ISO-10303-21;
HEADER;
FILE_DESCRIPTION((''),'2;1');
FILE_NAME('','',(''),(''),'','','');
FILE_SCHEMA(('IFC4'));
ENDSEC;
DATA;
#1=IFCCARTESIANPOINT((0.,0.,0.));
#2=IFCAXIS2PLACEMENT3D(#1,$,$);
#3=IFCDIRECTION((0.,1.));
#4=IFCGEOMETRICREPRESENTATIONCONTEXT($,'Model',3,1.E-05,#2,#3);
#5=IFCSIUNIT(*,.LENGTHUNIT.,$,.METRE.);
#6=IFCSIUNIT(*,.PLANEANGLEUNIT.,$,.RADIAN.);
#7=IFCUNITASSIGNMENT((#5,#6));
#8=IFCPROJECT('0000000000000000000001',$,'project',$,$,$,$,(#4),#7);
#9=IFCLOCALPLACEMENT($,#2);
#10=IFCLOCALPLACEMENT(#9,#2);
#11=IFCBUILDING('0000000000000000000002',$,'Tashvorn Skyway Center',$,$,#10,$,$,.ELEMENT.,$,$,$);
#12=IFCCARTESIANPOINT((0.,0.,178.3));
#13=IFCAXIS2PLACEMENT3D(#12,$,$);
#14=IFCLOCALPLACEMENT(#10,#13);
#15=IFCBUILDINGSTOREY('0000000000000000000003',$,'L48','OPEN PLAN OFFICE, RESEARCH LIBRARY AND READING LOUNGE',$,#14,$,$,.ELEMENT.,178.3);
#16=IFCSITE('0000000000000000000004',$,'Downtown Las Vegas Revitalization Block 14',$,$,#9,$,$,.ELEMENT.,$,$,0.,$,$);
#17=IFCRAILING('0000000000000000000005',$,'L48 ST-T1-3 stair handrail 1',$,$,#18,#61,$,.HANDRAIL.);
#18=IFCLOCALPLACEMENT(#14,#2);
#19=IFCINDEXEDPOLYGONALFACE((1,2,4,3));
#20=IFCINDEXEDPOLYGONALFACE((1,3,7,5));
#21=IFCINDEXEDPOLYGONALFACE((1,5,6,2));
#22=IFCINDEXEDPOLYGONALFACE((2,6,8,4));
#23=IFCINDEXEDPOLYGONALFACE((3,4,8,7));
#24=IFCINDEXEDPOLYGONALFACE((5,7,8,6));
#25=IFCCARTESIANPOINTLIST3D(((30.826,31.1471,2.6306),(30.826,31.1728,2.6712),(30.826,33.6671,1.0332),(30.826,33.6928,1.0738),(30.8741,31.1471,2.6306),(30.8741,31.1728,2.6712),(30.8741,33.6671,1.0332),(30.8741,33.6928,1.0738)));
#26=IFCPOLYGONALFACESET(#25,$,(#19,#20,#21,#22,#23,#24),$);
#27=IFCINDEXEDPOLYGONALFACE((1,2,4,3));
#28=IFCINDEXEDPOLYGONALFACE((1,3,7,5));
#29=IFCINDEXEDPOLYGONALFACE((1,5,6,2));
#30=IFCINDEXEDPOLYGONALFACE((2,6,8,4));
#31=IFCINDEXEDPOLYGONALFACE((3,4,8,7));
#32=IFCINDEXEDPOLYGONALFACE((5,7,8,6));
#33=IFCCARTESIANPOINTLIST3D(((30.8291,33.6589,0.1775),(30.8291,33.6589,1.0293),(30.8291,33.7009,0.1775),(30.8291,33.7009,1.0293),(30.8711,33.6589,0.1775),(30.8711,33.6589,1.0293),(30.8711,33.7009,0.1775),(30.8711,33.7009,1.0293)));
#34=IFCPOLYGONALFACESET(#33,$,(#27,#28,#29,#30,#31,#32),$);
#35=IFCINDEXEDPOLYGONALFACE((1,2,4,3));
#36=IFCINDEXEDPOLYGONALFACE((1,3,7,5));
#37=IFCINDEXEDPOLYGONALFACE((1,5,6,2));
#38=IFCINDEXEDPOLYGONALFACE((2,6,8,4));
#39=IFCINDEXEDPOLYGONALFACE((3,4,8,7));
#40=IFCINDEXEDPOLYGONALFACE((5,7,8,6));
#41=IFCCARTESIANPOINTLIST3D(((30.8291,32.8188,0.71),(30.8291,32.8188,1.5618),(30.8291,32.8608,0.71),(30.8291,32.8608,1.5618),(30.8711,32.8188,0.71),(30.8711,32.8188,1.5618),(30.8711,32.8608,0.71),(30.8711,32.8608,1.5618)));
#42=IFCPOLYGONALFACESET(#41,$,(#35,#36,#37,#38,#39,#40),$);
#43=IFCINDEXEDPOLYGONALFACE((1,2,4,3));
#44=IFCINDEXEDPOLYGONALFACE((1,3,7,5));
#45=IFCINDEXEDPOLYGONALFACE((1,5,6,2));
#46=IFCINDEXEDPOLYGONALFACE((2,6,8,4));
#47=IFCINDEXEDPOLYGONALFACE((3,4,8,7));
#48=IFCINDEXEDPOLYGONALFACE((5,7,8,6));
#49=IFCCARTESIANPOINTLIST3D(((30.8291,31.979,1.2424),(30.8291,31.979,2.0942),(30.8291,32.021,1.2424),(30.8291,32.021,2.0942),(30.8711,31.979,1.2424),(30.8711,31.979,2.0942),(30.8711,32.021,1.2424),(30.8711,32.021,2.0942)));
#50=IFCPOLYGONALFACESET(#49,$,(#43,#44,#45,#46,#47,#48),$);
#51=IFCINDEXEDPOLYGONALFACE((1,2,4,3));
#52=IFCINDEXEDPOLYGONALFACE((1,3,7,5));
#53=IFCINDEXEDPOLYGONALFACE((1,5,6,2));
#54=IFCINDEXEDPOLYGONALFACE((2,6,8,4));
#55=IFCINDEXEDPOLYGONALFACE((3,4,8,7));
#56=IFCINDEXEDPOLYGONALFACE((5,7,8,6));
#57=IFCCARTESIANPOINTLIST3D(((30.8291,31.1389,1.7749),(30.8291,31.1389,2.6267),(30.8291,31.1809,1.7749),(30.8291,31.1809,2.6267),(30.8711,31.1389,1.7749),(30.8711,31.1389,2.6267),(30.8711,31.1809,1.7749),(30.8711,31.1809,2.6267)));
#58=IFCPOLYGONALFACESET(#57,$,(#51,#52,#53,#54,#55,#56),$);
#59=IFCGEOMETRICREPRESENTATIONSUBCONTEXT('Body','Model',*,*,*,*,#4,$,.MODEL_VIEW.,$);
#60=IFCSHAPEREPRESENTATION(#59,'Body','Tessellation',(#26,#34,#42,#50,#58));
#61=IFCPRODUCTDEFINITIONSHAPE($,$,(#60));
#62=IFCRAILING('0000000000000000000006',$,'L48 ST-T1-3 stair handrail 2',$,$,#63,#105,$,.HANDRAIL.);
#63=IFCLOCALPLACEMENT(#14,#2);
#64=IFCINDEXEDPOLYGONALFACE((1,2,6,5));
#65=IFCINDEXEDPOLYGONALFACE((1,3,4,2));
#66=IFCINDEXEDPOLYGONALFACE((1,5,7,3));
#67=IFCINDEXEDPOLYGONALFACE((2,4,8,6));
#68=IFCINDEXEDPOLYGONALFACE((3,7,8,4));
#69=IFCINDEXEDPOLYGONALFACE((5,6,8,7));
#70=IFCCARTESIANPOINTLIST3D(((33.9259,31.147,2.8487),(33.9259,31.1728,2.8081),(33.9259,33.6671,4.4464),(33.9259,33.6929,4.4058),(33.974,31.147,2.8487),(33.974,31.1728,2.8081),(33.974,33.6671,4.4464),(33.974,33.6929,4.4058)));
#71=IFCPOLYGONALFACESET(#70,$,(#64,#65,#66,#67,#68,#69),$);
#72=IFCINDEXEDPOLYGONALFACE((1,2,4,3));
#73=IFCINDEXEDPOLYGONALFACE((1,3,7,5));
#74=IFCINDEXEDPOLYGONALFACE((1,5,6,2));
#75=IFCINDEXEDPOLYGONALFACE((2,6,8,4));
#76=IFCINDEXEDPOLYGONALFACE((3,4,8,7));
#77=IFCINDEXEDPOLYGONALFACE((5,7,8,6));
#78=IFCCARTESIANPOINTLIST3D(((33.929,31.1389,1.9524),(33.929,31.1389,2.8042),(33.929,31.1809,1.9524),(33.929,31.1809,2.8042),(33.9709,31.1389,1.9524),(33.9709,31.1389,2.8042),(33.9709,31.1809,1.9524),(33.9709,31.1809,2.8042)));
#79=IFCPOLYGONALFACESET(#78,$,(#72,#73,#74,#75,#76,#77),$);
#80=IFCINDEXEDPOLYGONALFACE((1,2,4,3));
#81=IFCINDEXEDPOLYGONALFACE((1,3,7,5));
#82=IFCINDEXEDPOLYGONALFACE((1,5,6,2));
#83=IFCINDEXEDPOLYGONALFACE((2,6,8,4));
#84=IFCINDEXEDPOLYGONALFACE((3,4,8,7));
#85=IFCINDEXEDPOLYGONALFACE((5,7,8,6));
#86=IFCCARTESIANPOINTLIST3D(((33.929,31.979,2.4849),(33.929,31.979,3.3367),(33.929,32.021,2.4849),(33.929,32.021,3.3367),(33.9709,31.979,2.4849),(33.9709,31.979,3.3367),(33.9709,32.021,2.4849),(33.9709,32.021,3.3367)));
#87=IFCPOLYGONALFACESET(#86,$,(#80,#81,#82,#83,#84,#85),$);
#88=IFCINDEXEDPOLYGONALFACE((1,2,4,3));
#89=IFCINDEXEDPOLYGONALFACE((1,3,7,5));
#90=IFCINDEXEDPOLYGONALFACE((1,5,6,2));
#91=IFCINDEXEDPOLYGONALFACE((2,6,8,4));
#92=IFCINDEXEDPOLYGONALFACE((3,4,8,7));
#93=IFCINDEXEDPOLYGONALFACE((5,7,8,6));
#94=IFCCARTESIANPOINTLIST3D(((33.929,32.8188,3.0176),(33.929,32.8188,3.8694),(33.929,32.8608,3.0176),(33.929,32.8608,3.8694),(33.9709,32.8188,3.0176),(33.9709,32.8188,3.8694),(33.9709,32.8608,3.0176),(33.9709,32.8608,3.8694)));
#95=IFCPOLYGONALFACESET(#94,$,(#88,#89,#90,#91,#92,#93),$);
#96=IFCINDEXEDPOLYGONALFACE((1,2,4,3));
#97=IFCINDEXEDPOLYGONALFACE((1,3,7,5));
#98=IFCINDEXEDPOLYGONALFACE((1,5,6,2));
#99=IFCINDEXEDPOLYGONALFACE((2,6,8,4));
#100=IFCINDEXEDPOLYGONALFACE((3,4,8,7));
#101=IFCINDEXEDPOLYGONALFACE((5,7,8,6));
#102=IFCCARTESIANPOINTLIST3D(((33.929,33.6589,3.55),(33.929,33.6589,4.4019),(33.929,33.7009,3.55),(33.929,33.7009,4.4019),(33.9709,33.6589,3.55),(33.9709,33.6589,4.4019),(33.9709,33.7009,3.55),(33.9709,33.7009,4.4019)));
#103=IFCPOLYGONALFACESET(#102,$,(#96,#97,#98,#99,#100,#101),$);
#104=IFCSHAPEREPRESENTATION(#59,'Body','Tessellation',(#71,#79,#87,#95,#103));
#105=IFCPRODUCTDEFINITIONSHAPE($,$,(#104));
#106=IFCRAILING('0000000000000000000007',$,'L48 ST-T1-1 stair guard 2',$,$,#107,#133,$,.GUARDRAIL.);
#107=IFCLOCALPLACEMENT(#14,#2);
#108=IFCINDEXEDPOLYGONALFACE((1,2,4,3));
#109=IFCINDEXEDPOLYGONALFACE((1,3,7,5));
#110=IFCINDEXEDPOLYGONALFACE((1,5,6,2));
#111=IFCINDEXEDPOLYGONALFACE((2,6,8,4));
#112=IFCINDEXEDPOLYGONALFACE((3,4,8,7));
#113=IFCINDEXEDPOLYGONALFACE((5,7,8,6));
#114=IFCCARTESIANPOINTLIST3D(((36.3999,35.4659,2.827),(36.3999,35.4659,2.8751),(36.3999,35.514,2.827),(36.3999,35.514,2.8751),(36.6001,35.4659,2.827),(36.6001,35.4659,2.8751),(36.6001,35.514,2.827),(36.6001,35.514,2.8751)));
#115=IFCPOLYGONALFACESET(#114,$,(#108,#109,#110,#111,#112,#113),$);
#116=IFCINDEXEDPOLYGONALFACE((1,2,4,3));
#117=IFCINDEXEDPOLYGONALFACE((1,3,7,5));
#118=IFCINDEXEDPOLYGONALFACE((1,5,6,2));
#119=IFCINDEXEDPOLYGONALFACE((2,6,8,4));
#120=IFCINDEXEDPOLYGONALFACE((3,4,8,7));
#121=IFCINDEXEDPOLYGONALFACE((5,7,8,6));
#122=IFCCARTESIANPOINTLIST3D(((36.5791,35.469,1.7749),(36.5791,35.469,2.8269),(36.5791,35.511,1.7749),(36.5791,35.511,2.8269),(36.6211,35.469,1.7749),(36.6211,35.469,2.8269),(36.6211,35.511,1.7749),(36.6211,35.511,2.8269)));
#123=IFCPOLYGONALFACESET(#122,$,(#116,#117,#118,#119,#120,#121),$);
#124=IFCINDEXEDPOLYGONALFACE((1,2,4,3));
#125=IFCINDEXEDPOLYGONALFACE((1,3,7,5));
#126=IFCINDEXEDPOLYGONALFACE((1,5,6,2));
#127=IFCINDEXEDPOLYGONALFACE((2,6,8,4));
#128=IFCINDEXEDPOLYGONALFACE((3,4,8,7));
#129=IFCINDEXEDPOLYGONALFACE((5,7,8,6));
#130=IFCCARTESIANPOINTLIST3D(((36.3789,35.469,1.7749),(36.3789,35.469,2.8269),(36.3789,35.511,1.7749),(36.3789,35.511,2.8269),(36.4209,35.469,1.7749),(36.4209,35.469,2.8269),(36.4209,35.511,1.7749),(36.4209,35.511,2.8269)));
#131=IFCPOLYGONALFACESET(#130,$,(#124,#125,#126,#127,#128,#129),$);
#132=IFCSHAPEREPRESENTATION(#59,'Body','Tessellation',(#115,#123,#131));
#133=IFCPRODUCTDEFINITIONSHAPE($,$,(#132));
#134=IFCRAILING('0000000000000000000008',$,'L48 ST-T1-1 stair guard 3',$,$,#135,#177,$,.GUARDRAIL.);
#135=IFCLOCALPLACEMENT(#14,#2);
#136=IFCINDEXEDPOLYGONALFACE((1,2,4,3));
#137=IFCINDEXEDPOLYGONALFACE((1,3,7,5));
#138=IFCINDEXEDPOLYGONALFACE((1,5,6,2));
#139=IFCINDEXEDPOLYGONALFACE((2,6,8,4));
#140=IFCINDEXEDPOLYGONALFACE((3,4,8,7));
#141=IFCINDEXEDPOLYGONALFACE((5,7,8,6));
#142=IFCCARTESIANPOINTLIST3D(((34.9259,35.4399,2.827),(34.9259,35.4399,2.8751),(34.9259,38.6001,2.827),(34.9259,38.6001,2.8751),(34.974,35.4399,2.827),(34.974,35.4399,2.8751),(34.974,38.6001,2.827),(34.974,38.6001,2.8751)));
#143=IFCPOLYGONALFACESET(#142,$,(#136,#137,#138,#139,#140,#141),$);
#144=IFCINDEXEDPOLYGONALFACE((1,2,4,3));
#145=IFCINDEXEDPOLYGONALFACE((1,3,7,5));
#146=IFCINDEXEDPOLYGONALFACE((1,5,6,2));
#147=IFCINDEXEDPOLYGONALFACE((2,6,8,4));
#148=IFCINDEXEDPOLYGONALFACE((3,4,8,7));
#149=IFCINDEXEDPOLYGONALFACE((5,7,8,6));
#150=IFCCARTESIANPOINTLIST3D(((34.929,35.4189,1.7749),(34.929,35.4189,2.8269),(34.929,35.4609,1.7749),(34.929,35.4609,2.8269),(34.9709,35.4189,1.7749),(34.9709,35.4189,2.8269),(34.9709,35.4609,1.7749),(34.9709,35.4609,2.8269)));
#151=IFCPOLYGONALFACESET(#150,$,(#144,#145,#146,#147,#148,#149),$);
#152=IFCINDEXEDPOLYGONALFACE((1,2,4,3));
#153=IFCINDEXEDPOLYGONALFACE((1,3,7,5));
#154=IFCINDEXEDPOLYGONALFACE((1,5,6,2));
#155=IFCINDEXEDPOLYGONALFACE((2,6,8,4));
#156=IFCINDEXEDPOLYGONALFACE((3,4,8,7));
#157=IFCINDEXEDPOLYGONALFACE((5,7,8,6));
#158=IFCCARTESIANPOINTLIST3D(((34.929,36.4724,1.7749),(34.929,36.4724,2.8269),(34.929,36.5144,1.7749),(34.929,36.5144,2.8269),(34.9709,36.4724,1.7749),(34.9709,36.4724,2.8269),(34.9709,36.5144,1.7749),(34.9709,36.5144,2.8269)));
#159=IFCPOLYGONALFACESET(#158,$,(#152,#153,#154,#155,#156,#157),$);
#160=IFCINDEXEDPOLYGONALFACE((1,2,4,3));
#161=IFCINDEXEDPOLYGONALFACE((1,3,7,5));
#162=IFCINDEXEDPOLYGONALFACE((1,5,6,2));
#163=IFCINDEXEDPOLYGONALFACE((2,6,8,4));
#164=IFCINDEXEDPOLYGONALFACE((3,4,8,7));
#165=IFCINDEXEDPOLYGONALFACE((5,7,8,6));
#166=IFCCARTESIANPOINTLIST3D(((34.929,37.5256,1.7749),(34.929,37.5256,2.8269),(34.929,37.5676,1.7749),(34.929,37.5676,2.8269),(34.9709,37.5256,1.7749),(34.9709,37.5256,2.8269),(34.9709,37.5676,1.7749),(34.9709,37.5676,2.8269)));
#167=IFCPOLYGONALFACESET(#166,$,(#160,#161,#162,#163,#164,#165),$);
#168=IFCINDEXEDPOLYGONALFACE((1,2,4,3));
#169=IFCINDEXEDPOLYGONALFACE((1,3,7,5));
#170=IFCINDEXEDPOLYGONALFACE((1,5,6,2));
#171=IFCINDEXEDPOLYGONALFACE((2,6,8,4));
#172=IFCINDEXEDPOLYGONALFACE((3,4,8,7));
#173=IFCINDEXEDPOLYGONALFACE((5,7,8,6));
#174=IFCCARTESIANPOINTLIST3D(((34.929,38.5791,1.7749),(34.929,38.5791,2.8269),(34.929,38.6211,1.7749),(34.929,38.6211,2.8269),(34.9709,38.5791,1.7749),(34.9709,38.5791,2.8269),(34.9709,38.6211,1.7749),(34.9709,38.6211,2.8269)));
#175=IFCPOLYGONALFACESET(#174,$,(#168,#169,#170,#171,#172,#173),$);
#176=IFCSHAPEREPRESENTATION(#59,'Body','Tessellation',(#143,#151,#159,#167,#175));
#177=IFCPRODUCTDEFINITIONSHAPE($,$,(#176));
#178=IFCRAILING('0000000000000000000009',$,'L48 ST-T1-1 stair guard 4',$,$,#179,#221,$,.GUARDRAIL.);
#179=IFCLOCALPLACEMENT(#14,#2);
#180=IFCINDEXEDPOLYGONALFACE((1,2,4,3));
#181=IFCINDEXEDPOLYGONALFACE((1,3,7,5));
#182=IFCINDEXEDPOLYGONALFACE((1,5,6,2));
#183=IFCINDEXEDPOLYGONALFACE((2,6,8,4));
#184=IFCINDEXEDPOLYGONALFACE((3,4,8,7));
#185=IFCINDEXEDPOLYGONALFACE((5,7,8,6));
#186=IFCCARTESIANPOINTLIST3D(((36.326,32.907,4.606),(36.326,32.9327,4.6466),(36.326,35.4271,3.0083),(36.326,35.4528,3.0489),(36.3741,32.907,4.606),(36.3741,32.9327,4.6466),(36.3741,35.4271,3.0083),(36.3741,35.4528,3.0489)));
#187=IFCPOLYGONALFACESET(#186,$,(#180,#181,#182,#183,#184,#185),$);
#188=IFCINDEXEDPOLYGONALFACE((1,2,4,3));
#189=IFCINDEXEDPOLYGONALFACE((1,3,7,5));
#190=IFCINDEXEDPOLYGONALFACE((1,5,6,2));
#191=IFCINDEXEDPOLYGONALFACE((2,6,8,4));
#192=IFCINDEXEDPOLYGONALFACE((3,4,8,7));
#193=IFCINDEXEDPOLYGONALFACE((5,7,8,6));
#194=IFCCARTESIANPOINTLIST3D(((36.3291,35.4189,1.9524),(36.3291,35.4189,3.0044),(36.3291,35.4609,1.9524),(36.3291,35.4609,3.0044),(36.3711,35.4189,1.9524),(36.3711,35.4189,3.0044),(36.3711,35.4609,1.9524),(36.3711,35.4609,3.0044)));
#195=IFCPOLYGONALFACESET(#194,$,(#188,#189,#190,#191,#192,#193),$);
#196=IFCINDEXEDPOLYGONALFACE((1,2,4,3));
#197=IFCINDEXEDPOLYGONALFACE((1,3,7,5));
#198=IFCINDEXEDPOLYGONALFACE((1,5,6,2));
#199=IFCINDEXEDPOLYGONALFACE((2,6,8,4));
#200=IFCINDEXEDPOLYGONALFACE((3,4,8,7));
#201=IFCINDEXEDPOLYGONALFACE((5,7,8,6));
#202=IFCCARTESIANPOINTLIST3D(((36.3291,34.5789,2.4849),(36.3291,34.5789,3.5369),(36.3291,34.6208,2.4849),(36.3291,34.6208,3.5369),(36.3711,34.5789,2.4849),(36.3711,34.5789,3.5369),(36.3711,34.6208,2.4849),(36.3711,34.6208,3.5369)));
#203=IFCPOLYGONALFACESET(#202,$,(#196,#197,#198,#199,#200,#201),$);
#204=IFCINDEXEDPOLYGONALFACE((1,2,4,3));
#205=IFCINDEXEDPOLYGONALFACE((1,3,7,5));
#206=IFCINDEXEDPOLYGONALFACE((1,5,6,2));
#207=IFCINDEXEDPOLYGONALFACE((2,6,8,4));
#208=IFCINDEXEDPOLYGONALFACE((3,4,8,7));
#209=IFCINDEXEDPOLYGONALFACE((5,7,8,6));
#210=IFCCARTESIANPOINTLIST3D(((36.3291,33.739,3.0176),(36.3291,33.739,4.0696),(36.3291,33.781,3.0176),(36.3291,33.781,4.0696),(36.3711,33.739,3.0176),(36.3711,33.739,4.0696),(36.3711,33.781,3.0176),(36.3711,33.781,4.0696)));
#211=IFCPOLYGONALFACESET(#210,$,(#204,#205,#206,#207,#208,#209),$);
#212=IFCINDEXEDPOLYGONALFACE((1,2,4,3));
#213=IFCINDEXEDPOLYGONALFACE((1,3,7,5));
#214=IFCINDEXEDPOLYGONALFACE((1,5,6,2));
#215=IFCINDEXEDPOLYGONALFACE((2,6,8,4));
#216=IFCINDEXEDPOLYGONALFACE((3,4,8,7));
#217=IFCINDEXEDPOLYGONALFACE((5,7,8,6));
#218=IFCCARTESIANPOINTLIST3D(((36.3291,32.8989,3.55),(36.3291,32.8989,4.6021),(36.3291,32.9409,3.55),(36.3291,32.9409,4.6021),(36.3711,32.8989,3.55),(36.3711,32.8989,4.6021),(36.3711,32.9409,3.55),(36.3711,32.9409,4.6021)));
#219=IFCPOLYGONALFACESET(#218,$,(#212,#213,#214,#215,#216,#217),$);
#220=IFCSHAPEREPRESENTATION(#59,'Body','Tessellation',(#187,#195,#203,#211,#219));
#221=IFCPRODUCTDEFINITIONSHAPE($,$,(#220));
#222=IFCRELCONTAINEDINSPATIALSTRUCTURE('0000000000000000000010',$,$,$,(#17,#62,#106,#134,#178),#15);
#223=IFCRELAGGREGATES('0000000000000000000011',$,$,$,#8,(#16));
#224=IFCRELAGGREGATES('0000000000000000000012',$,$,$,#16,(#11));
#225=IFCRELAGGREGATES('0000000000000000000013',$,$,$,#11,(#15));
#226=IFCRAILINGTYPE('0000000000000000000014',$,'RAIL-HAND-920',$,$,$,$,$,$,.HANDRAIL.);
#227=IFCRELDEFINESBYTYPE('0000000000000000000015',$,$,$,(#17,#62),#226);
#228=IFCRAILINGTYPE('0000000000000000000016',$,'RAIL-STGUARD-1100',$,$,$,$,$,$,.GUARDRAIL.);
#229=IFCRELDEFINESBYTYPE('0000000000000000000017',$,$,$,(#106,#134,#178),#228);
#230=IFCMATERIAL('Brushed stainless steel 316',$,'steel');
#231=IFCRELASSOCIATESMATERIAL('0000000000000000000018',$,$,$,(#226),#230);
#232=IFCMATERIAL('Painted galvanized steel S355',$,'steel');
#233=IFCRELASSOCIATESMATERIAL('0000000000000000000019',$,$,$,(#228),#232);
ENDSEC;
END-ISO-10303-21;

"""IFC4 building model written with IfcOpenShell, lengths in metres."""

from ifc_helpers import new_model, si_unit, direction, frame, origin, origin_2d, place, context, subcontext, project, spatial, rectangle, extrude, material, type_object, element, save


model = new_model("IFC4")

# Units and contexts
model_context = context("Model", 3, precision=1e-05, world=origin(), true_north=direction((0.0, 1.0)))
body_context = subcontext(model_context, "Body", "Model", "MODEL_VIEW")
ifc_project = project(units=[si_unit("LENGTHUNIT", "METRE"), si_unit("PLANEANGLEUNIT", "RADIAN")], contexts=[model_context])

# Site, building, storey
site_placement = place(None, origin())
site = spatial("IfcSite", under=ifc_project, at=site_placement, Name="Downtown Las Vegas Revitalization Block 14", CompositionType="ELEMENT", RefElevation=0.0)
building_placement = place(site_placement, origin())
building = spatial("IfcBuilding", under=site, at=building_placement, Name="Tashvorn Skyway Center", CompositionType="ELEMENT")
storey_placement = place(building_placement, frame((0.0, 0.0, 178.3)))
storey = spatial("IfcBuildingStorey", under=building, at=storey_placement, Name="L48", Description="OPEN PLAN OFFICE, RESEARCH LIBRARY AND READING LOUNGE", CompositionType="ELEMENT", Elevation=178.3)

# Railings
ifc_material_1 = material(Name="Brushed stainless steel 316", Category="steel")
railing_type_1 = type_object("IfcRailingType", Name="RAIL-HAND-920", PredefinedType="HANDRAIL", material=ifc_material_1)
railing_1_placement = place(storey_placement, frame((30.8501, 33.6799, 0.1775)))
element("IfcRailing", 1, at=railing_1_placement, inside=storey, type_object=railing_type_1, Name="L48 ST-T1-3 stair handrail 1", PredefinedType="HANDRAIL", context=body_context, shape_type="SweptSolid", body=[
    extrude(rectangle(XDim=0.0481, YDim=0.0481, at=origin_2d()), frame((0.0, 0.0, 0.876), z_axis=(0.0, -0.844607, 0.535387), x_axis=(1.0, 0.0, 0.0)), (0.0, 0.0, 1.0), 2.9836),
    extrude(rectangle(XDim=0.042, YDim=0.042, at=origin_2d()), origin(), (0.0, 0.0, 1.0), 0.8518),
    extrude(rectangle(XDim=0.042, YDim=0.042, at=origin_2d()), frame((0.0, -0.8401, 0.5325)), (0.0, 0.0, 1.0), 0.8518),
    extrude(rectangle(XDim=0.042, YDim=0.042, at=origin_2d()), frame((0.0, -1.6799, 1.0649)), (0.0, 0.0, 1.0), 0.8518),
    extrude(rectangle(XDim=0.042, YDim=0.042, at=origin_2d()), frame((0.0, -2.52, 1.5974)), (0.0, 0.0, 1.0), 0.8518),
])
railing_2_placement = place(storey_placement, frame((33.95, 31.1599, 1.9524)))
element("IfcRailing", 2, at=railing_2_placement, inside=storey, type_object=railing_type_1, Name="L48 ST-T1-3 stair handrail 2", PredefinedType="HANDRAIL", context=body_context, shape_type="SweptSolid", body=[
    extrude(rectangle(XDim=0.0481, YDim=0.0481, at=origin_2d()), frame((0.0, 0.0, 0.876), z_axis=(0.0, 0.84457, 0.535445), x_axis=(-1.0, 0.0, 0.0)), (0.0, 0.0, 1.0), 2.9839),
    extrude(rectangle(XDim=0.042, YDim=0.042, at=origin_2d()), origin(), (0.0, 0.0, 1.0), 0.8518),
    extrude(rectangle(XDim=0.042, YDim=0.042, at=origin_2d()), frame((0.0, 0.8401, 0.5325)), (0.0, 0.0, 1.0), 0.8518),
    extrude(rectangle(XDim=0.042, YDim=0.042, at=origin_2d()), frame((0.0, 1.6799, 1.0652)), (0.0, 0.0, 1.0), 0.8518),
    extrude(rectangle(XDim=0.042, YDim=0.042, at=origin_2d()), frame((0.0, 2.52, 1.5977)), (0.0, 0.0, 1.0), 0.8518),
])
ifc_material_2 = material(Name="Painted galvanized steel S355", Category="steel")
railing_type_2 = type_object("IfcRailingType", Name="RAIL-STGUARD-1100", PredefinedType="GUARDRAIL", material=ifc_material_2)
railing_3_placement = place(storey_placement, frame((36.6001, 35.49, 1.7749)))
element("IfcRailing", 3, at=railing_3_placement, inside=storey, type_object=railing_type_2, Name="L48 ST-T1-1 stair guard 2", PredefinedType="GUARDRAIL", context=body_context, shape_type="SweptSolid", body=[
    extrude(rectangle(XDim=0.0481, YDim=0.0481, at=origin_2d()), frame((0.0, 0.0, 1.0762), z_axis=(-1.0, 0.0, 0.0), x_axis=(0.0, -1.0, 0.0)), (0.0, 0.0, 1.0), 0.2002),
    extrude(rectangle(XDim=0.042, YDim=0.042, at=origin_2d()), origin(), (0.0, 0.0, 1.0), 1.052),
    extrude(rectangle(XDim=0.042, YDim=0.042, at=origin_2d()), frame((-0.2002, 0.0, 0.0)), (0.0, 0.0, 1.0), 1.052),
])
railing_4_placement = place(storey_placement, frame((34.95, 35.4399, 1.7749)))
element("IfcRailing", 4, at=railing_4_placement, inside=storey, type_object=railing_type_2, Name="L48 ST-T1-1 stair guard 3", PredefinedType="GUARDRAIL", context=body_context, shape_type="SweptSolid", body=[
    extrude(rectangle(XDim=0.0481, YDim=0.0481, at=origin_2d()), frame((0.0, 0.0, 1.0762), z_axis=(0.0, 1.0, 0.0), x_axis=(-1.0, 0.0, 0.0)), (0.0, 0.0, 1.0), 3.1602),
    extrude(rectangle(XDim=0.042, YDim=0.042, at=origin_2d()), origin(), (0.0, 0.0, 1.0), 1.052),
    extrude(rectangle(XDim=0.042, YDim=0.042, at=origin_2d()), frame((0.0, 1.0535, 0.0)), (0.0, 0.0, 1.0), 1.052),
    extrude(rectangle(XDim=0.042, YDim=0.042, at=origin_2d()), frame((0.0, 2.1067, 0.0)), (0.0, 0.0, 1.0), 1.052),
    extrude(rectangle(XDim=0.042, YDim=0.042, at=origin_2d()), frame((0.0, 3.1602, 0.0)), (0.0, 0.0, 1.0), 1.052),
])
railing_5_placement = place(storey_placement, frame((36.3501, 35.4399, 1.9524)))
element("IfcRailing", 5, at=railing_5_placement, inside=storey, type_object=railing_type_2, Name="L48 ST-T1-1 stair guard 4", PredefinedType="GUARDRAIL", context=body_context, shape_type="SweptSolid", body=[
    extrude(rectangle(XDim=0.0481, YDim=0.0481, at=origin_2d()), frame((0.0, 0.0, 1.0762), z_axis=(0.0, -0.84457, 0.535445), x_axis=(1.0, 0.0, 0.0)), (0.0, 0.0, 1.0), 2.9839),
    extrude(rectangle(XDim=0.042, YDim=0.042, at=origin_2d()), origin(), (0.0, 0.0, 1.0), 1.052),
    extrude(rectangle(XDim=0.042, YDim=0.042, at=origin_2d()), frame((0.0, -0.8401, 0.5325)), (0.0, 0.0, 1.0), 1.052),
    extrude(rectangle(XDim=0.042, YDim=0.042, at=origin_2d()), frame((0.0, -1.6799, 1.0652)), (0.0, 0.0, 1.0), 1.052),
    extrude(rectangle(XDim=0.042, YDim=0.042, at=origin_2d()), frame((0.0, -2.52, 1.5977)), (0.0, 0.0, 1.0), 1.052),
])

save(model, "model.ifc")
